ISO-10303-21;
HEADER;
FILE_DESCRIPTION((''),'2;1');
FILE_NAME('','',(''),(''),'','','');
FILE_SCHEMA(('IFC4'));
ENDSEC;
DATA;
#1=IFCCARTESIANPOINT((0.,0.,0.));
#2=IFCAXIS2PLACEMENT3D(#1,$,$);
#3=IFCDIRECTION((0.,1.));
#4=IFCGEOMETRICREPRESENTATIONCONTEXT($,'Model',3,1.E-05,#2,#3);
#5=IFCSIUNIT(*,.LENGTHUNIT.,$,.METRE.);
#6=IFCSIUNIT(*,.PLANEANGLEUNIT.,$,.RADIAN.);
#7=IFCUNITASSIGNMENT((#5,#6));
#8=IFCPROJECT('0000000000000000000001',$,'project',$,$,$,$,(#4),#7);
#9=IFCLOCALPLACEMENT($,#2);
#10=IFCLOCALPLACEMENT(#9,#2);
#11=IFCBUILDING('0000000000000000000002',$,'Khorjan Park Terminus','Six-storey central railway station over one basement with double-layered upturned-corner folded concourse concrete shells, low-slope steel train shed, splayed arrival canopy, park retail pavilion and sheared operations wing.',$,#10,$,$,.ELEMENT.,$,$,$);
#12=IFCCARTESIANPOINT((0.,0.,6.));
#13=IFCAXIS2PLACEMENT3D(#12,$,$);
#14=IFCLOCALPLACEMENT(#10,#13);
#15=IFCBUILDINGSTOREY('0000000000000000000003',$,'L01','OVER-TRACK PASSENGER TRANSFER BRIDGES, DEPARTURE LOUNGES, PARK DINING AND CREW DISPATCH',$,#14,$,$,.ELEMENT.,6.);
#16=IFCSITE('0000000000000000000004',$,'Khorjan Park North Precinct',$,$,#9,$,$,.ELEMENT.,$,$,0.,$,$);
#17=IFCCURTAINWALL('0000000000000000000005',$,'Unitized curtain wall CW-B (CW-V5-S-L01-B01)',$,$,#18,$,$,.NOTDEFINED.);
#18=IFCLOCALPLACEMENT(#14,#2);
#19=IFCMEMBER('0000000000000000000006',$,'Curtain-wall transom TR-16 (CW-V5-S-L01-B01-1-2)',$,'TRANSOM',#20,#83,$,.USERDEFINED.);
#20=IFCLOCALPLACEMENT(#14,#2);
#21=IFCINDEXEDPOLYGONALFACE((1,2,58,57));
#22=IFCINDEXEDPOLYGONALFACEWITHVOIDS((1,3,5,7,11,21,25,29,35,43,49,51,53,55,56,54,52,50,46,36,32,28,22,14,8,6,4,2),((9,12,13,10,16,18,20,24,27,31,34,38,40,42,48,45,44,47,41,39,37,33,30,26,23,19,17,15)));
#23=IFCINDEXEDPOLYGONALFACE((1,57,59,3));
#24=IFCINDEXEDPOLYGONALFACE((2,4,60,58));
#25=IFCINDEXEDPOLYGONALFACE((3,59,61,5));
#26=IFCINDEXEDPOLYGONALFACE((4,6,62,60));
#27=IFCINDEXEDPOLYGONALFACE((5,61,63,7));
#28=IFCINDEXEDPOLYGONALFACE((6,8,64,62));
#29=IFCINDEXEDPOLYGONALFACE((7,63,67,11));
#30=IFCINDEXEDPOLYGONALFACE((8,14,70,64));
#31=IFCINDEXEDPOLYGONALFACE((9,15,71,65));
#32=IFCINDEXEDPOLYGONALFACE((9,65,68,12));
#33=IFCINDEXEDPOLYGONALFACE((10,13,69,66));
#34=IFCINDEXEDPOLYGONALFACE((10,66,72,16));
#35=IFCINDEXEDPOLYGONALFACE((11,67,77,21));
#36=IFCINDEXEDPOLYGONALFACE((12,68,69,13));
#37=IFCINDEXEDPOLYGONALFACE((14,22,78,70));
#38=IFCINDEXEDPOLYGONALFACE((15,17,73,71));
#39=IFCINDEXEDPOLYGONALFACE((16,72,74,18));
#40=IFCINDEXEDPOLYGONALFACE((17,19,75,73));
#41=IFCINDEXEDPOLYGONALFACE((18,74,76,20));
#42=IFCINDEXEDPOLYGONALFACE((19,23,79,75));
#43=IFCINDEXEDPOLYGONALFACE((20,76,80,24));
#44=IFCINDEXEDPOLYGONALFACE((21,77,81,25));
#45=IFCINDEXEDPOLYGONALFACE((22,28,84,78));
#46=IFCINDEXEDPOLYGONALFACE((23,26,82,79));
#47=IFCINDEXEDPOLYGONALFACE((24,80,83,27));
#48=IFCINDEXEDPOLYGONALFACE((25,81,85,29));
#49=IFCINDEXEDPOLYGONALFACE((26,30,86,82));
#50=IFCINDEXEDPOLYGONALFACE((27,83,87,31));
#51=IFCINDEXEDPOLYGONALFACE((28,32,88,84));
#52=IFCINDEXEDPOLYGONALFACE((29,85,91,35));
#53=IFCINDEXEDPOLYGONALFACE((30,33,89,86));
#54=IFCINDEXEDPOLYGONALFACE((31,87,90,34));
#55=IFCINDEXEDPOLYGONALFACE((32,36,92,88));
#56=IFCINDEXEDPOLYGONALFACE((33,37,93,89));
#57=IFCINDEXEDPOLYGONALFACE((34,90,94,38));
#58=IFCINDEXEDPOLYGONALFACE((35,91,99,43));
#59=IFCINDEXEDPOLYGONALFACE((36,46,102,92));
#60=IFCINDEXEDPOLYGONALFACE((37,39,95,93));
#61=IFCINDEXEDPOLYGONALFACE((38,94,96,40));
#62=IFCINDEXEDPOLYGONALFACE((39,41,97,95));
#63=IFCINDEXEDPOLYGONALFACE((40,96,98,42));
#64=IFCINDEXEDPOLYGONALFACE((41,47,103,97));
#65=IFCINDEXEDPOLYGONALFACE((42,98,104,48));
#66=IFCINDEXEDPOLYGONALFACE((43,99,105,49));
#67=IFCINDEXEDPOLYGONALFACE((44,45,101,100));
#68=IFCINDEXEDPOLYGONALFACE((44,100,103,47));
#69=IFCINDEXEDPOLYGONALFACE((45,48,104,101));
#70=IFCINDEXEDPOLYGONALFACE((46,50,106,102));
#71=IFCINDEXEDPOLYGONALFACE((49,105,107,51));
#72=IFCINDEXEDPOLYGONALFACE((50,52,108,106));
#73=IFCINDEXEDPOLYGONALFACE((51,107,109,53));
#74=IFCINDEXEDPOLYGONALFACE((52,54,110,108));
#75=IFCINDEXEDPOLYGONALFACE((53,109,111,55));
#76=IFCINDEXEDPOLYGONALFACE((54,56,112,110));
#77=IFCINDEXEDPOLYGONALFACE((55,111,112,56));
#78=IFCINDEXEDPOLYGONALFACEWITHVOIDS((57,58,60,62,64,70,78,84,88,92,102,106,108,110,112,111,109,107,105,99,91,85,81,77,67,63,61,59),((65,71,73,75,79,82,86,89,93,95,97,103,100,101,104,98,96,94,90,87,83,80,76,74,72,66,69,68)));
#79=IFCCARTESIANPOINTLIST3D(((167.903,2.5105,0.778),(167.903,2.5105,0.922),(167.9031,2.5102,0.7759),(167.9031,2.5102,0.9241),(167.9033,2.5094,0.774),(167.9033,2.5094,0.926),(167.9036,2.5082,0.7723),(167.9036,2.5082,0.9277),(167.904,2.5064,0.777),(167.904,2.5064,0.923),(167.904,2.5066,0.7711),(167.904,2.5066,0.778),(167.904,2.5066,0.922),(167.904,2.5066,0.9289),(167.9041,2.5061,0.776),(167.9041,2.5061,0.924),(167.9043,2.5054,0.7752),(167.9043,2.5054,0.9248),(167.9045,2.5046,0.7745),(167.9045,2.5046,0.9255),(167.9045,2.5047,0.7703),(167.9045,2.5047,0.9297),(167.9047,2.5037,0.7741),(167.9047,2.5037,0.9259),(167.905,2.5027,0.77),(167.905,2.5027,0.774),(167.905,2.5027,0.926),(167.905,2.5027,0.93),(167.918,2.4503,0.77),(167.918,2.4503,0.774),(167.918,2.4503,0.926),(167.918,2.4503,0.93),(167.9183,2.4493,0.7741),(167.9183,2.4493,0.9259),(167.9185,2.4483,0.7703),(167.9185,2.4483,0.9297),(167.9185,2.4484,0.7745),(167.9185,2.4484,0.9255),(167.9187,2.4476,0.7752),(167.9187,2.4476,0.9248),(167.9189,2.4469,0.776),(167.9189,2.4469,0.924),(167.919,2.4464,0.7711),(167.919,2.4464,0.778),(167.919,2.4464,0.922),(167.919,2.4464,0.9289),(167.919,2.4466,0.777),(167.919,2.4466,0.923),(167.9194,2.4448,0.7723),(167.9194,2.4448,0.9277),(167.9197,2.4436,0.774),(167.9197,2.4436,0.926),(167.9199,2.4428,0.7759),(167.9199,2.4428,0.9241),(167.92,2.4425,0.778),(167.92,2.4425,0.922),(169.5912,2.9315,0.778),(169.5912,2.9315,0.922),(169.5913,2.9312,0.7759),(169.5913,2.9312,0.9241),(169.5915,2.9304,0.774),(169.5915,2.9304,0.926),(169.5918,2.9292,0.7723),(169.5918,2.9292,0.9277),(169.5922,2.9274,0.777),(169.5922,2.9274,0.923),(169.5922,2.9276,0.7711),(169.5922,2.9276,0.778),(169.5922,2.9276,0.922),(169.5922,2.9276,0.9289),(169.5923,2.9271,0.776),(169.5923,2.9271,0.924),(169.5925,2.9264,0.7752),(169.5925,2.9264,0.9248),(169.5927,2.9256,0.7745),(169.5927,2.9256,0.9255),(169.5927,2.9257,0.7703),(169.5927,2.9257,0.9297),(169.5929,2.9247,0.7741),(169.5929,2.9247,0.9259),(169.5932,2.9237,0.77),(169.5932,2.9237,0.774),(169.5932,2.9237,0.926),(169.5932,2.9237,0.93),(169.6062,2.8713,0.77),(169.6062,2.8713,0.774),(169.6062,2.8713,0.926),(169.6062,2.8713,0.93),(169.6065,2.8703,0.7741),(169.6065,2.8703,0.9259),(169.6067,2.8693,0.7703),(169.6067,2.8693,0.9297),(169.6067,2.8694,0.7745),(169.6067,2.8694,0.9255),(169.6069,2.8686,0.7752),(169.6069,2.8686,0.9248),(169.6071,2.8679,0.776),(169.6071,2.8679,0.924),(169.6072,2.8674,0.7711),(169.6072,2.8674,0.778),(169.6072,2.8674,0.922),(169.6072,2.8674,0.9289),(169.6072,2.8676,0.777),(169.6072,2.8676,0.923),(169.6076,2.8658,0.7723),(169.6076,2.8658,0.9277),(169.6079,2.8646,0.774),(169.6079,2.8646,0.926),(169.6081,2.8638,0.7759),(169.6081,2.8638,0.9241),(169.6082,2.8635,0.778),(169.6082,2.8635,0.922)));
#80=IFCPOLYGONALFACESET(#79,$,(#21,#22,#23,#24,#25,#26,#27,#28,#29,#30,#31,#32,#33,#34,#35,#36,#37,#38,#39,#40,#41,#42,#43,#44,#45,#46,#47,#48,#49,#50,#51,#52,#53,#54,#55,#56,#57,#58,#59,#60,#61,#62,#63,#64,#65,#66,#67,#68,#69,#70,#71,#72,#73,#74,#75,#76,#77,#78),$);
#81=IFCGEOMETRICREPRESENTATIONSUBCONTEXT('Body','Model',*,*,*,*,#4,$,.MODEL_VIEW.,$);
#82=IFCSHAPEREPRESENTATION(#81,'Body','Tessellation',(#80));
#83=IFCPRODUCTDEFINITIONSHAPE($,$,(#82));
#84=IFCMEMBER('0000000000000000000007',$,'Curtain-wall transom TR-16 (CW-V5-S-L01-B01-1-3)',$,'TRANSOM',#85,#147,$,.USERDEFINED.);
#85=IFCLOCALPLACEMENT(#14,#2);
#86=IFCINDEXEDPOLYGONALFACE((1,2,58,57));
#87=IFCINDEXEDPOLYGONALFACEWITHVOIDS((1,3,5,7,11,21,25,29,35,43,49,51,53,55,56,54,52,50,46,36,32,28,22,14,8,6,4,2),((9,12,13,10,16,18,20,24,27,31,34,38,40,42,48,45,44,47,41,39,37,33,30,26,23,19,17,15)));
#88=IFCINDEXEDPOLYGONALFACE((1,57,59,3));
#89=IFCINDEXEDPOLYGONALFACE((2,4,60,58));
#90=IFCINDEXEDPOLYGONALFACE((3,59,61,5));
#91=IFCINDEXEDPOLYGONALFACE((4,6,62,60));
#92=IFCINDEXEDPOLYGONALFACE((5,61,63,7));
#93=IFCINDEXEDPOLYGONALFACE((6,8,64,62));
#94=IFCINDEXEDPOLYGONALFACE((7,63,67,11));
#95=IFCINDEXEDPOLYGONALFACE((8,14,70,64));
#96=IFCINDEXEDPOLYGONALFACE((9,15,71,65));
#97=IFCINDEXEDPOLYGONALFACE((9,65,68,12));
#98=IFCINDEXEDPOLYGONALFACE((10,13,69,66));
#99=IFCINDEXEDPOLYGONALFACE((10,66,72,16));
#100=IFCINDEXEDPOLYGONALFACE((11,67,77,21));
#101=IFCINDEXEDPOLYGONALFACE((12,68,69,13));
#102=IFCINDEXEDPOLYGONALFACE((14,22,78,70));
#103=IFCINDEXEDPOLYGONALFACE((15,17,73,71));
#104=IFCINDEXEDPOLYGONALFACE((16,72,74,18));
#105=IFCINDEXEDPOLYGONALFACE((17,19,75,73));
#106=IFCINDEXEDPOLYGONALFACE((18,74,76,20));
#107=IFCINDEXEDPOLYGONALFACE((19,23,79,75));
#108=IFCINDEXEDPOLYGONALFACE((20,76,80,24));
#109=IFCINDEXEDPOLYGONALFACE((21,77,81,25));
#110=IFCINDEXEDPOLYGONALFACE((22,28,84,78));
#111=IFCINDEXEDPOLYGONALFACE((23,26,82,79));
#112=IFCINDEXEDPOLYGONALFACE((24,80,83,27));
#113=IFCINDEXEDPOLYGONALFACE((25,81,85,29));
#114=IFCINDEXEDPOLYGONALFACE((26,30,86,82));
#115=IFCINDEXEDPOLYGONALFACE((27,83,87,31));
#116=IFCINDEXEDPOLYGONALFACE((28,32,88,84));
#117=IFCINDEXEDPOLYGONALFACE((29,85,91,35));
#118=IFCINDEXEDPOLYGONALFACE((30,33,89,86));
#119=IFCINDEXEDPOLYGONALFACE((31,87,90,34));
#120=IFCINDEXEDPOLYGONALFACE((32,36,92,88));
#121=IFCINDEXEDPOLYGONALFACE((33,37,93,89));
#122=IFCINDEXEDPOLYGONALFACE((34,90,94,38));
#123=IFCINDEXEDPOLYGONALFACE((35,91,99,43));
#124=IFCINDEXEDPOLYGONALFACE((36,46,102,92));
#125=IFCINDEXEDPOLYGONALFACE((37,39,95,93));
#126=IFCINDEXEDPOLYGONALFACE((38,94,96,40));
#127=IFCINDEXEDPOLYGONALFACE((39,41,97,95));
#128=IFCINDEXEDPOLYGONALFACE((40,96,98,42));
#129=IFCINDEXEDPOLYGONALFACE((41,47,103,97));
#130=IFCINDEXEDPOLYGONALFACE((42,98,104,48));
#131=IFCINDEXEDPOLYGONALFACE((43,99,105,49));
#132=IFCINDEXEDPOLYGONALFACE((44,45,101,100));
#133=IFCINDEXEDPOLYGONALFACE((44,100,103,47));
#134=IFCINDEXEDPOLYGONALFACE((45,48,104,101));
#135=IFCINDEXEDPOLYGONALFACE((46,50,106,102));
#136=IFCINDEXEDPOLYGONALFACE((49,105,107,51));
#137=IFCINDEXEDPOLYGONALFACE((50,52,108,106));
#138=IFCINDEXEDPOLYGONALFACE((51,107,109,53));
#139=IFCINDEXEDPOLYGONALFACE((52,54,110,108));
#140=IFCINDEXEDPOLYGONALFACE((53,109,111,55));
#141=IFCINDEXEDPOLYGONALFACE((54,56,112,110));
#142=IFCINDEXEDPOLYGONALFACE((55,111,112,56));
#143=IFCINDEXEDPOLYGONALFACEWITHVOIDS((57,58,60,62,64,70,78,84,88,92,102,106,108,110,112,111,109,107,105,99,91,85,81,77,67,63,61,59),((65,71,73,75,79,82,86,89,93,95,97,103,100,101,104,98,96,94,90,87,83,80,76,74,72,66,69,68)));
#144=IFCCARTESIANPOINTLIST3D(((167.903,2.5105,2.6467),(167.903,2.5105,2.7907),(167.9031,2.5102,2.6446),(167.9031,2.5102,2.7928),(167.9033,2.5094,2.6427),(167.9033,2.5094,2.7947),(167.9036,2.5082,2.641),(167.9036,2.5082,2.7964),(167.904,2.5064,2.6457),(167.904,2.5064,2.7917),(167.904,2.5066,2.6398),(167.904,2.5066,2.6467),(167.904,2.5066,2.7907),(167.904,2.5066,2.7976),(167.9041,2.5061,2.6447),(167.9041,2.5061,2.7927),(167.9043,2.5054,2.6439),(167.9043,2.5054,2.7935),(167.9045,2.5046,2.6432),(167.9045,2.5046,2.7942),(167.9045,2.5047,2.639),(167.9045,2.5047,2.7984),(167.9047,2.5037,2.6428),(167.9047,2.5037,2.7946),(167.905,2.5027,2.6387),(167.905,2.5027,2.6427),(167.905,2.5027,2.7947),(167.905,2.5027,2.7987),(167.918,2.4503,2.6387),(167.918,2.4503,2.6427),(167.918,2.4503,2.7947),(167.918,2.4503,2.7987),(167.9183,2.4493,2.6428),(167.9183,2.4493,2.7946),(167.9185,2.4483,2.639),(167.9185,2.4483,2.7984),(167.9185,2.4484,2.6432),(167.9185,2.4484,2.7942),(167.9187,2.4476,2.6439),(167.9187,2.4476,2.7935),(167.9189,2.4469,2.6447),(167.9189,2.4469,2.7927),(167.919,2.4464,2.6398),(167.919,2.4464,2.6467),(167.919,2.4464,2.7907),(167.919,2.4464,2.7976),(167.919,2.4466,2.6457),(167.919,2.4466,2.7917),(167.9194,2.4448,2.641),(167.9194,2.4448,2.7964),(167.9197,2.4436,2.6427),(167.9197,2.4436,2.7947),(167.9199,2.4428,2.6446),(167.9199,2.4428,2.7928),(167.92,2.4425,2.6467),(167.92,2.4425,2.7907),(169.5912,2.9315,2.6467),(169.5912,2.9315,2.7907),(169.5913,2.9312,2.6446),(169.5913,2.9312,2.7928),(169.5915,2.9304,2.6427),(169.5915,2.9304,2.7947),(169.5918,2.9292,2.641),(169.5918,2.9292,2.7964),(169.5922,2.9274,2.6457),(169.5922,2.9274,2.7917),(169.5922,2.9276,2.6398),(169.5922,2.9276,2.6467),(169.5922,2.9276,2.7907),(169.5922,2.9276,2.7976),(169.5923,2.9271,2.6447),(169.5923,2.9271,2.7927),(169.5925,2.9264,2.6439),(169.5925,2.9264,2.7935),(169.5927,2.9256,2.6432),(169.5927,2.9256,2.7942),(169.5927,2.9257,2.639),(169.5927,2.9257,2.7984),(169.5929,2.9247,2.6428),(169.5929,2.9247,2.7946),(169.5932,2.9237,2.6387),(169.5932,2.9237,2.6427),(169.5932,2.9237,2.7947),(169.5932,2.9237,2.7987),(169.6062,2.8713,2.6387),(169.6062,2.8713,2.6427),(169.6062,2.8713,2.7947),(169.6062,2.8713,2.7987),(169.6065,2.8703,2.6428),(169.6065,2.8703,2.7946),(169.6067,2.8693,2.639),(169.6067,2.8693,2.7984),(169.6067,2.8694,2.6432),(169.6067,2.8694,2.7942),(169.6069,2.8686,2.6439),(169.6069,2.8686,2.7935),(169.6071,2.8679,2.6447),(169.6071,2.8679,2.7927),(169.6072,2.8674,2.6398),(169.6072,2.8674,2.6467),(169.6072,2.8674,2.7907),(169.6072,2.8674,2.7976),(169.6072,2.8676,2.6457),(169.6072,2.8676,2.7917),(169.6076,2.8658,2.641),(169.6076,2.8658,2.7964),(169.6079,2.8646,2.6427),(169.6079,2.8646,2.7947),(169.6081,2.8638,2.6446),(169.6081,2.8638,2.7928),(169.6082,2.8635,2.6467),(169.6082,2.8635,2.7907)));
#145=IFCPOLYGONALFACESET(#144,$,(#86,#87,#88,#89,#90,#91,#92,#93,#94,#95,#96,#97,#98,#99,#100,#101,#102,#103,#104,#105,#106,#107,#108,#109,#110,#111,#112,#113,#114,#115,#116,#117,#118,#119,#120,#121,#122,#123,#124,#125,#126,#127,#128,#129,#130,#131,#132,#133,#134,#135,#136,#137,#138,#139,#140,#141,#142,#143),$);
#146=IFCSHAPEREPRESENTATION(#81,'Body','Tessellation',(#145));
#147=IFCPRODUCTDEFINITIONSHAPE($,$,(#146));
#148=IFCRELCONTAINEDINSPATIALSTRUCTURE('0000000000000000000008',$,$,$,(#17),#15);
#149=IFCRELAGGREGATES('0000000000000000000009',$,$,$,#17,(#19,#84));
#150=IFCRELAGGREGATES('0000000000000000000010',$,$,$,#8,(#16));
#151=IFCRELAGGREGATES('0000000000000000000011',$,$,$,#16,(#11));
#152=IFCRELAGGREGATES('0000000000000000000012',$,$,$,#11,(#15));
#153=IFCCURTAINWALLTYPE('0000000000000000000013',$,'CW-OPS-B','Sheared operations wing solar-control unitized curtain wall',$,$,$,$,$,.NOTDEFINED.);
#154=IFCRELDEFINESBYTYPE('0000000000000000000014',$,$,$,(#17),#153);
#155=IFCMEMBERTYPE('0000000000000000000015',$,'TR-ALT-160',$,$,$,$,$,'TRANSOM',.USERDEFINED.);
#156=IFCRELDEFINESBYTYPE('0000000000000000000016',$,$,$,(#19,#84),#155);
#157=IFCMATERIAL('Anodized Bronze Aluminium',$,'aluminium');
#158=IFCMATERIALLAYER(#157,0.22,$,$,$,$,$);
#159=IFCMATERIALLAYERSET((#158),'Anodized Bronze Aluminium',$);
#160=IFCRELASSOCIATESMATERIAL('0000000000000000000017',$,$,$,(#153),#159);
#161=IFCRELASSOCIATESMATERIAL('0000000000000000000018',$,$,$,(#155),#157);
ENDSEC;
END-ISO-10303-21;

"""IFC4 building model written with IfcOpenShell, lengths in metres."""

from ifc_helpers import new_model, si_unit, direction, frame, origin, origin_2d, place, context, subcontext, project, spatial, hollow_rectangle, extrude, material, layer, layer_set, material_profile, profile_set, type_object, element, aggregate, save


model = new_model("IFC4")

# Units and contexts
model_context = context("Model", 3, precision=1e-05, world=origin(), true_north=direction((0.0, 1.0)))
body_context = subcontext(model_context, "Body", "Model", "MODEL_VIEW")
ifc_project = project(units=[si_unit("LENGTHUNIT", "METRE"), si_unit("PLANEANGLEUNIT", "RADIAN")], contexts=[model_context])

# Site, building, storey
site_placement = place(None, origin())
site = spatial("IfcSite", under=ifc_project, at=site_placement, Name="Khorjan Park North Precinct", CompositionType="ELEMENT", RefElevation=0.0)
building_placement = place(site_placement, origin())
building = spatial("IfcBuilding", under=site, at=building_placement, Name="Khorjan Park Terminus", Description="Six-storey central railway station over one basement with double-layered upturned-corner folded concourse concrete shells, low-slope steel train shed, splayed arrival canopy, park retail pavilion and sheared operations wing.", CompositionType="ELEMENT")
storey_placement = place(building_placement, frame((0.0, 0.0, 6.0)))
storey = spatial("IfcBuildingStorey", under=building, at=storey_placement, Name="L01", Description="OVER-TRACK PASSENGER TRANSFER BRIDGES, DEPARTURE LOUNGES, PARK DINING AND CREW DISPATCH", CompositionType="ELEMENT", Elevation=6.0)

# Curtain wall, members
ifc_material_1 = material(Name="Anodized Bronze Aluminium", Category="aluminium")
ifc_layer_1 = layer(ifc_material_1, 0.22)
ifc_layer_set_1 = layer_set([ifc_layer_1], Name="Anodized Bronze Aluminium")
curtain_wall_type = type_object("IfcCurtainWallType", Name="CW-OPS-B", Description="Sheared operations wing solar-control unitized curtain wall", PredefinedType="NOTDEFINED", material=ifc_layer_set_1)
curtain_wall_placement = place(storey_placement, origin())
curtain_wall = element("IfcCurtainWall", 1, at=curtain_wall_placement, inside=storey, type_object=curtain_wall_type, Name="Unitized curtain wall CW-B (CW-V5-S-L01-B01)", PredefinedType="NOTDEFINED")
ifc_material_profile_1 = material_profile(ifc_material_1, hollow_rectangle(XDim=0.07, YDim=0.16, WallThickness=0.004, InnerFilletRadius=0.004, OuterFilletRadius=0.008, at=origin_2d()), Name="ALT 70x160x4")
ifc_profile_set_1 = profile_set([ifc_material_profile_1], Name="Anodized Bronze Aluminium")
member_type_1 = type_object("IfcMemberType", Name="TR-ALT-160", ElementType="TRANSOM", PredefinedType="USERDEFINED", material=ifc_profile_set_1)
member_1_placement = place(storey_placement, frame((167.9115, 2.4765, 0.85), z_axis=(0.970284, 0.241968, 0.0), x_axis=(-0.241968, 0.970284, 0.0)))
member_1 = element("IfcMember", 2, at=member_1_placement, type_object=member_type_1, Name="Curtain-wall transom TR-16 (CW-V5-S-L01-B01-1-2)", ObjectType="TRANSOM", PredefinedType="USERDEFINED", context=body_context, shape_type="SweptSolid", body=[
    extrude(hollow_rectangle(XDim=0.07, YDim=0.16, WallThickness=0.004, InnerFilletRadius=0.004, OuterFilletRadius=0.008, at=origin_2d()), origin(), (0.0, 0.0, 1.0), 1.7399),
])
member_2_placement = place(storey_placement, frame((167.9115, 2.4765, 2.7187), z_axis=(0.970284, 0.241968, 0.0), x_axis=(-0.241968, 0.970284, 0.0)))
member_2 = element("IfcMember", 3, at=member_2_placement, type_object=member_type_1, Name="Curtain-wall transom TR-16 (CW-V5-S-L01-B01-1-3)", ObjectType="TRANSOM", PredefinedType="USERDEFINED", context=body_context, shape_type="SweptSolid", body=[
    extrude(hollow_rectangle(XDim=0.07, YDim=0.16, WallThickness=0.004, InnerFilletRadius=0.004, OuterFilletRadius=0.008, at=origin_2d()), origin(), (0.0, 0.0, 1.0), 1.7399),
])
aggregate(curtain_wall, [member_1, member_2])

save(model, "model.ifc")
